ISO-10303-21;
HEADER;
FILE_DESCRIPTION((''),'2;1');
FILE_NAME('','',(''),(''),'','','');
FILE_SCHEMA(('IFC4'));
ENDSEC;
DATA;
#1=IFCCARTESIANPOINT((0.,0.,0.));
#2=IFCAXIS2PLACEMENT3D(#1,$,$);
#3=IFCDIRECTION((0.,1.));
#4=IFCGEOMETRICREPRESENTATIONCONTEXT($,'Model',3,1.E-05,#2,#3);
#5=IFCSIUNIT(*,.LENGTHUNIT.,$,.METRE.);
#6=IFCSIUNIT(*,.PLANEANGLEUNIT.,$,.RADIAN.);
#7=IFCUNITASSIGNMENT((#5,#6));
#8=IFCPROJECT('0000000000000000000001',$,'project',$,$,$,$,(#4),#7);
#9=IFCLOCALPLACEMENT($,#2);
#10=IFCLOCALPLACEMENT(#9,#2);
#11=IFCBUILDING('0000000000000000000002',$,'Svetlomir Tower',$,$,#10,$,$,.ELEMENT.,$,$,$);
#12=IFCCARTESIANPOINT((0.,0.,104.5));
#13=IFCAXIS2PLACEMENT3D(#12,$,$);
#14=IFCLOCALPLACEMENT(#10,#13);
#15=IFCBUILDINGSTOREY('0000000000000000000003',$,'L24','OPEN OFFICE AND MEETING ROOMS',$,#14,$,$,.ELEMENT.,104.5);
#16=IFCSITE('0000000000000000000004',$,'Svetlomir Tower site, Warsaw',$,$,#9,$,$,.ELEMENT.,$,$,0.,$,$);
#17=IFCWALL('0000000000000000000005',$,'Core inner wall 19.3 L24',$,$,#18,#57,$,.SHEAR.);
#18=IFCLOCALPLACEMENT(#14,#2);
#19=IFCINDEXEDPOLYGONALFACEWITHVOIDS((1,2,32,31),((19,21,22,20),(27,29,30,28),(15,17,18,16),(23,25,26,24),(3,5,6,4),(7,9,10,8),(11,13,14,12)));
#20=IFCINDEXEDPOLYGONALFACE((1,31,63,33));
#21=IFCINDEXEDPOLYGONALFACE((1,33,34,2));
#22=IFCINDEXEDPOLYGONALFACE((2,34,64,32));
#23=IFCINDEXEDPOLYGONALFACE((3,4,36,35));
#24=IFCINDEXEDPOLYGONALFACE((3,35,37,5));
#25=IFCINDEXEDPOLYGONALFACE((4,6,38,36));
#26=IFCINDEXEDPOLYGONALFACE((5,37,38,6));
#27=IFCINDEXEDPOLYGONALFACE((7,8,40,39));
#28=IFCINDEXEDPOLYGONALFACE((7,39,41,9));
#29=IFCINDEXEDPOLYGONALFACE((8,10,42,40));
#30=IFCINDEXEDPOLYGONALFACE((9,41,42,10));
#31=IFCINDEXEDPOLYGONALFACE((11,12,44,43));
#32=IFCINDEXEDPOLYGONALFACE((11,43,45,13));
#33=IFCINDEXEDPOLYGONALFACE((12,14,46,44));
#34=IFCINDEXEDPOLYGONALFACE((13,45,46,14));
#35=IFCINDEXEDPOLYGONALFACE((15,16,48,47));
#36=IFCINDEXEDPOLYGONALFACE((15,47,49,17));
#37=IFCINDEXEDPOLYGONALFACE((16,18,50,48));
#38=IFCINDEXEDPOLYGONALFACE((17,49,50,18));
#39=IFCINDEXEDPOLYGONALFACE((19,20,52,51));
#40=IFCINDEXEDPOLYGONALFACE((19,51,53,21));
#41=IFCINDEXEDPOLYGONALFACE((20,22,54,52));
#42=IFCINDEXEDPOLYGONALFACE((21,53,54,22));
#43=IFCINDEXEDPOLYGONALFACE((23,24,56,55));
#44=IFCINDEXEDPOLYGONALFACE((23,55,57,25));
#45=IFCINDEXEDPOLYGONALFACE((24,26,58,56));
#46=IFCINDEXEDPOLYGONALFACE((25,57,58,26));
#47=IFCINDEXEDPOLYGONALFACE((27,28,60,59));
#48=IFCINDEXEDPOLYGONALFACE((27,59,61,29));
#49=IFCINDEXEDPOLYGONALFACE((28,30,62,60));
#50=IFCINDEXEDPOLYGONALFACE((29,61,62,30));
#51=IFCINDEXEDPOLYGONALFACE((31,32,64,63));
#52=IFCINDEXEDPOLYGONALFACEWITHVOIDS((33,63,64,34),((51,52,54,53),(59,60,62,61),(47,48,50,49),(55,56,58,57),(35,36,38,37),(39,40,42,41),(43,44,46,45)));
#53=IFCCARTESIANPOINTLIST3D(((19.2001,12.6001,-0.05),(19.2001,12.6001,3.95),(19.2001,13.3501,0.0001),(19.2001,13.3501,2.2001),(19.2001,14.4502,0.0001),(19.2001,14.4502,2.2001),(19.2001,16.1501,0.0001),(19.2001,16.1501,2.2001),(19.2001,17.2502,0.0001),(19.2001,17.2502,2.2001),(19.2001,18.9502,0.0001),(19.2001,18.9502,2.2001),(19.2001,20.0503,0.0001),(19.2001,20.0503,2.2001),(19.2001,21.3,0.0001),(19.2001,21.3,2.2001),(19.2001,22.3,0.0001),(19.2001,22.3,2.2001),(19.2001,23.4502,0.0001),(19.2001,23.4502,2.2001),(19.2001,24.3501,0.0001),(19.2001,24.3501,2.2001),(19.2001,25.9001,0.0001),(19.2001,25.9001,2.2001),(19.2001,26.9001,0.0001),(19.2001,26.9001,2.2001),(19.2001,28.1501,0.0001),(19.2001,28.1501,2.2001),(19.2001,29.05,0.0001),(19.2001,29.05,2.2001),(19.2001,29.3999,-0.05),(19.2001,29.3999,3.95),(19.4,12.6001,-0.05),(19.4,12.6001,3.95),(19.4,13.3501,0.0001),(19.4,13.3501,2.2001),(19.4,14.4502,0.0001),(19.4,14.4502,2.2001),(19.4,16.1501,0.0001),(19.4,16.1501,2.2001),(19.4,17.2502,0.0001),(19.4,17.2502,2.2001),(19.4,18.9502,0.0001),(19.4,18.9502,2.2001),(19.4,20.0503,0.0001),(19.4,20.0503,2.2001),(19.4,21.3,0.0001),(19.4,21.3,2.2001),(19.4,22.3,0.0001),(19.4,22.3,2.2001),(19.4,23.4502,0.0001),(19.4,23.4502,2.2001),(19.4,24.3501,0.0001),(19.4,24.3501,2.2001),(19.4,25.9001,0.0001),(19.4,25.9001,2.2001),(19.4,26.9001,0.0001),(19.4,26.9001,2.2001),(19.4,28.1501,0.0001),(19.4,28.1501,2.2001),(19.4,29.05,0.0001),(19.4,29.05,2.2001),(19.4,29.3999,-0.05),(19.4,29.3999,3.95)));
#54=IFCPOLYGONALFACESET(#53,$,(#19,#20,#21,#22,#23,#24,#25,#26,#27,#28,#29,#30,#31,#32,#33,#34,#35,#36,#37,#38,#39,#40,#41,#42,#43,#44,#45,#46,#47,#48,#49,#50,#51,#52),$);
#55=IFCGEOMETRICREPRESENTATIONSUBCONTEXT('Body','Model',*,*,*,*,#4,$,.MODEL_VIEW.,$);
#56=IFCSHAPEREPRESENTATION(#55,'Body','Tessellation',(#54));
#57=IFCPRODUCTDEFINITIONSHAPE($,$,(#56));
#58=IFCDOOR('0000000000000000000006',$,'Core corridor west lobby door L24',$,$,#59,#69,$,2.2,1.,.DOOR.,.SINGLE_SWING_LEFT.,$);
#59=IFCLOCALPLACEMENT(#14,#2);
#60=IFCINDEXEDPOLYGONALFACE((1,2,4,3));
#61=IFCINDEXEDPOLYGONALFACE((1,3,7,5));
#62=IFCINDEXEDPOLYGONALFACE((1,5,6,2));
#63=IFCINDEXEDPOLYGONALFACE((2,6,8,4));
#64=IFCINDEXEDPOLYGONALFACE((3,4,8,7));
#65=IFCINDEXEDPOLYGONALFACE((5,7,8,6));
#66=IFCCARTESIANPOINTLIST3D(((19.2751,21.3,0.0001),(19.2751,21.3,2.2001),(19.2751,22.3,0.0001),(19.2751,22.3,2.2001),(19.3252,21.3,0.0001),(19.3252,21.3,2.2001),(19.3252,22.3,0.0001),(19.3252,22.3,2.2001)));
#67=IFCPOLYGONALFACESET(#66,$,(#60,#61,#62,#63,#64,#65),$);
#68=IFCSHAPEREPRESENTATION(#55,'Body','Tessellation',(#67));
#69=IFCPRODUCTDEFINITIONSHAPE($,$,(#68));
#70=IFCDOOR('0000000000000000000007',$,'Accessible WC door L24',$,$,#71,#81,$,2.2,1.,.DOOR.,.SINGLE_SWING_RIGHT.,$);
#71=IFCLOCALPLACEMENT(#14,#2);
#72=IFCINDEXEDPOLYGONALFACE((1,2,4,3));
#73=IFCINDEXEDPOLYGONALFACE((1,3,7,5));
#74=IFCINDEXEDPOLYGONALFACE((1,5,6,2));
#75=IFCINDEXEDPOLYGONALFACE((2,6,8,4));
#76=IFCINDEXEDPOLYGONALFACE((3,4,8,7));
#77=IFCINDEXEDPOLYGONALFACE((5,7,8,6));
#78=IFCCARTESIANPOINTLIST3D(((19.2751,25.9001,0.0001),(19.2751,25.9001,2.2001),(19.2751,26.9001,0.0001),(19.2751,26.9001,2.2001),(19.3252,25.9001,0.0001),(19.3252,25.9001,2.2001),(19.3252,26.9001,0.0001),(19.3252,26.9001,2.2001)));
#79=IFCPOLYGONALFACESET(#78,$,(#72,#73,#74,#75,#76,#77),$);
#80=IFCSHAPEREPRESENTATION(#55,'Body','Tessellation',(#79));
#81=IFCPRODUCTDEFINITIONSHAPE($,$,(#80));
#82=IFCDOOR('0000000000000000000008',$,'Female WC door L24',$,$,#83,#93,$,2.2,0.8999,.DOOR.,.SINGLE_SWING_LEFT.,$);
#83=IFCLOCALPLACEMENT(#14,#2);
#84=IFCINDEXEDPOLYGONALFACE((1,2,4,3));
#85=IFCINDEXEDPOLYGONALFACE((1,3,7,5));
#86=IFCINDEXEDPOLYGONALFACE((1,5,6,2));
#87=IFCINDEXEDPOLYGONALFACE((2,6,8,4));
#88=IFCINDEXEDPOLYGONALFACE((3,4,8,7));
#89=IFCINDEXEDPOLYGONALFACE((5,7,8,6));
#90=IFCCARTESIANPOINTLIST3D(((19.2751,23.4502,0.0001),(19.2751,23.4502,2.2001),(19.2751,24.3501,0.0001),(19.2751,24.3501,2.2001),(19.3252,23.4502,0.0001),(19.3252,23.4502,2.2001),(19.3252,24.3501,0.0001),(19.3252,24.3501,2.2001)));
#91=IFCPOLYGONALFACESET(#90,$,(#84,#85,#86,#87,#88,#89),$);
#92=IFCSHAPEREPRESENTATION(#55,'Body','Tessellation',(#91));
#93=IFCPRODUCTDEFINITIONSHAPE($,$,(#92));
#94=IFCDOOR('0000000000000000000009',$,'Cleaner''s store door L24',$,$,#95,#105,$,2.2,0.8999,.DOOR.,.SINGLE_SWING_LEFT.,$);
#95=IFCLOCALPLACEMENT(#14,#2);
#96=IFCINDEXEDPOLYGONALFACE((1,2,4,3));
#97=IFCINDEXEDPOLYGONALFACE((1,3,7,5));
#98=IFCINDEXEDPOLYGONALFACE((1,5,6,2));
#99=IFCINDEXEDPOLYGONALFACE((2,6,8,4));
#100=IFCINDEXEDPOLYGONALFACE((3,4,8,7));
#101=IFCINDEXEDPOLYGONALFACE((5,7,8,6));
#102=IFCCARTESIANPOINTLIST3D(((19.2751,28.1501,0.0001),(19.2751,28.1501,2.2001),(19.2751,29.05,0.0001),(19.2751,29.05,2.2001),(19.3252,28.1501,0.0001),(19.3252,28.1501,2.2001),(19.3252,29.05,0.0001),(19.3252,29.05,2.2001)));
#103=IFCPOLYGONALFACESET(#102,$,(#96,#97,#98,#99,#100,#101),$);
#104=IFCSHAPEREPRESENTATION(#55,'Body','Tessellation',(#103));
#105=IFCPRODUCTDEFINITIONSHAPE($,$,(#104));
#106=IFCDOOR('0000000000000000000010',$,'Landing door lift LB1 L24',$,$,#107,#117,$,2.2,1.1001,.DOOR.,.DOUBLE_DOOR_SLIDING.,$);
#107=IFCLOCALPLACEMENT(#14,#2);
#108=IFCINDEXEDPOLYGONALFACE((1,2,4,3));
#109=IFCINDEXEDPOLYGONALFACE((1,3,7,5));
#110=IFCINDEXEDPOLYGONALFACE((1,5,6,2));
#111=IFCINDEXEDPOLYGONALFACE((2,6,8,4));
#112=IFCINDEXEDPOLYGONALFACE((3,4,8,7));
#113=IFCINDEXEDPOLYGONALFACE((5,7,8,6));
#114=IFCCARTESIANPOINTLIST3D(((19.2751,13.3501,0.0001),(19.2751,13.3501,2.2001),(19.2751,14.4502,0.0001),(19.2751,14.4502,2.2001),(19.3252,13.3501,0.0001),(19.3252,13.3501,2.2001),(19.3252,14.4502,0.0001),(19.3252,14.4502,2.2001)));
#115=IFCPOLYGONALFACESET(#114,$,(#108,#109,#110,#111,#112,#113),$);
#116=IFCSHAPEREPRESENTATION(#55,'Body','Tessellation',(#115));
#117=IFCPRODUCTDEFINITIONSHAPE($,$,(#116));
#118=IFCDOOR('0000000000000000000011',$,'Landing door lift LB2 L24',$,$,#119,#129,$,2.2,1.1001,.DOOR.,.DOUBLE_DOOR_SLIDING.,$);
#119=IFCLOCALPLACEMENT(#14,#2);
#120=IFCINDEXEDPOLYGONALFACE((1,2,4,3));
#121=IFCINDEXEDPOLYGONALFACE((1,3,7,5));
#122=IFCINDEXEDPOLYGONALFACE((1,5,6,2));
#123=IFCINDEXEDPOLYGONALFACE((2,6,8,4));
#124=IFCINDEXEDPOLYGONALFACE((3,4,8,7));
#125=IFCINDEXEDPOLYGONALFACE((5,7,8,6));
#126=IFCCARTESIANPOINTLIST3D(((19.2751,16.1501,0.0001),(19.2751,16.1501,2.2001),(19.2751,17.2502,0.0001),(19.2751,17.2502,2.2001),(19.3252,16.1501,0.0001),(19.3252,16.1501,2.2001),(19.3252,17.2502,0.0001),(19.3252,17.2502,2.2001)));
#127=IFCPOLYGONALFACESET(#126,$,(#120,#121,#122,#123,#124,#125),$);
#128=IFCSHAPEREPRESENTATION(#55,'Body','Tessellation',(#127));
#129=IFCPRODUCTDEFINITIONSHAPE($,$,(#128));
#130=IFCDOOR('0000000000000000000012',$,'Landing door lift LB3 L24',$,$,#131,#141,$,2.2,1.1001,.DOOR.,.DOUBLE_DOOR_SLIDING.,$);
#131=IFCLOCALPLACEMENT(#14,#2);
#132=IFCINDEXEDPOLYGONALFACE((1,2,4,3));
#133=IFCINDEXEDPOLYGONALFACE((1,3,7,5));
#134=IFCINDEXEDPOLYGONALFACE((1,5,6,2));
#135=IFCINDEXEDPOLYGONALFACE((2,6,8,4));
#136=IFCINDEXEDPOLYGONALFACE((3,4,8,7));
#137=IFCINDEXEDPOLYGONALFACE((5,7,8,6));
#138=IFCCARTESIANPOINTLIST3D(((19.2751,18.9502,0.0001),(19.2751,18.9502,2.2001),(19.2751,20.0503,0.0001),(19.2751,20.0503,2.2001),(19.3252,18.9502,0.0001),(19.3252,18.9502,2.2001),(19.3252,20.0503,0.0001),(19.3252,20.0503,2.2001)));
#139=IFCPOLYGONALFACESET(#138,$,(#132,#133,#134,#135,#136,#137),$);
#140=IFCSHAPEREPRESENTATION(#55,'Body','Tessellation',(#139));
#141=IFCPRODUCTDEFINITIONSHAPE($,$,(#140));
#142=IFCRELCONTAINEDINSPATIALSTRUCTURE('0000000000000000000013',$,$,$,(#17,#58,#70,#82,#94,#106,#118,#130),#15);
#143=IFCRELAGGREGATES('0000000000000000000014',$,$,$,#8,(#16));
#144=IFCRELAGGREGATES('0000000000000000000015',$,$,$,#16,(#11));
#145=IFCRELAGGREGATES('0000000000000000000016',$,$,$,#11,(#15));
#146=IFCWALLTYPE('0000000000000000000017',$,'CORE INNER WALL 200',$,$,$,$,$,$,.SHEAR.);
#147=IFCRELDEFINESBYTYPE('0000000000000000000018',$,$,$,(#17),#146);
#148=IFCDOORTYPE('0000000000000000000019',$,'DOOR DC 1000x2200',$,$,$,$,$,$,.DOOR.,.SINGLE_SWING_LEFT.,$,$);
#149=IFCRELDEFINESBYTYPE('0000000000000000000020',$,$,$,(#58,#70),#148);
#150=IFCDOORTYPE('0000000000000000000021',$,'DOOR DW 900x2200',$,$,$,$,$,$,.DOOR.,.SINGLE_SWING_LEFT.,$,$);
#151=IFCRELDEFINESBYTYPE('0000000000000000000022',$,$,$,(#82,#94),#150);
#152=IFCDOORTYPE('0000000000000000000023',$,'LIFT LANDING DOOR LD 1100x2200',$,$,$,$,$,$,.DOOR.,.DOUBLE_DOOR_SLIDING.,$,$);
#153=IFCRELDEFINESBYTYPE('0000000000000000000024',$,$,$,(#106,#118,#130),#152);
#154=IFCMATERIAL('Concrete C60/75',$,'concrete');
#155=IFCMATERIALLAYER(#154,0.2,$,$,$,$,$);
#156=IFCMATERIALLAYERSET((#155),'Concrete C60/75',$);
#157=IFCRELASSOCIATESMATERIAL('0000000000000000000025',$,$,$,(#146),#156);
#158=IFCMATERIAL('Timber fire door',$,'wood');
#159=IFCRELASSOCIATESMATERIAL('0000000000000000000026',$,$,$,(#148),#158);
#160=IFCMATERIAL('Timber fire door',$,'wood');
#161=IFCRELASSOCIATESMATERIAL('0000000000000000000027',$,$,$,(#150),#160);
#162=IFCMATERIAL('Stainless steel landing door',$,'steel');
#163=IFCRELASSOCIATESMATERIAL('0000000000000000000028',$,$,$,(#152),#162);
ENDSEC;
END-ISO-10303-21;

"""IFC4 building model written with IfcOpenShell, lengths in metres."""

from ifc_helpers import new_model, si_unit, direction, frame, frame_2d, origin, place, context, subcontext, project, spatial, rectangle, extrude, material, layer, layer_set, type_object, element, fill, save


model = new_model("IFC4")

# Units and contexts
model_context = context("Model", 3, precision=1e-05, world=origin(), true_north=direction((0.0, 1.0)))
body_context = subcontext(model_context, "Body", "Model", "MODEL_VIEW")
ifc_project = project(units=[si_unit("LENGTHUNIT", "METRE"), si_unit("PLANEANGLEUNIT", "RADIAN")], contexts=[model_context])

# Site, building, storey
site_placement = place(None, origin())
site = spatial("IfcSite", under=ifc_project, at=site_placement, Name="Svetlomir Tower site, Warsaw", CompositionType="ELEMENT", RefElevation=0.0)
building_placement = place(site_placement, origin())
building = spatial("IfcBuilding", under=site, at=building_placement, Name="Svetlomir Tower", CompositionType="ELEMENT")
storey_placement = place(building_placement, frame((0.0, 0.0, 104.5)))
storey = spatial("IfcBuildingStorey", under=building, at=storey_placement, Name="L24", Description="OPEN OFFICE AND MEETING ROOMS", CompositionType="ELEMENT", Elevation=104.5)

# Shared definitions
ifc_material_1 = material(Name="Concrete C60/75", Category="concrete")
ifc_layer_1 = layer(ifc_material_1, 0.2)
ifc_layer_set_1 = layer_set([ifc_layer_1], Name="Concrete C60/75")
wall_type_1 = type_object("IfcWallType", Name="CORE INNER WALL 200", PredefinedType="SHEAR", material=ifc_layer_set_1)

# Wall, openings, doors
wall_1_placement = place(storey_placement, frame((19.3, 12.6001, -0.05), z_axis=(0.0, 0.0, 1.0), x_axis=(0.0, 1.0, 0.0)))
wall_1 = element("IfcWall", 1, at=wall_1_placement, inside=storey, type_object=wall_type_1, Name="Core inner wall 19.3 L24", PredefinedType="SHEAR", context=body_context, shape_type="SweptSolid", body=[
    extrude(rectangle(XDim=16.7998, YDim=0.2, at=frame_2d((8.3999, 0.0))), origin(), (0.0, 0.0, 1.0), 4.0),
])
opening_1_placement = place(wall_1_placement, frame((8.7, 0.0, 0.05)))
opening_1 = element("IfcOpeningElement", 2, at=opening_1_placement, cuts=wall_1, PredefinedType="OPENING", context=body_context, shape_type="SweptSolid", body=[
    extrude(rectangle(XDim=1.0, YDim=2.2, at=frame_2d((0.5, 1.1001))), frame((0.0, 0.1099, 0.0), z_axis=(0.0, -1.0, 0.0), x_axis=(1.0, 0.0, 0.0)), (0.0, 0.0, 1.0), 0.22),
])
opening_2_placement = place(wall_1_placement, frame((10.8501, 0.0, 0.05)))
opening_2 = element("IfcOpeningElement", 3, at=opening_2_placement, cuts=wall_1, PredefinedType="OPENING", context=body_context, shape_type="SweptSolid", body=[
    extrude(rectangle(XDim=0.8999, YDim=2.2, at=frame_2d((0.45, 1.1001))), frame((0.0, 0.1099, 0.0), z_axis=(0.0, -1.0, 0.0), x_axis=(1.0, 0.0, 0.0)), (0.0, 0.0, 1.0), 0.22),
])
opening_3_placement = place(wall_1_placement, frame((13.3, 0.0, 0.05)))
opening_3 = element("IfcOpeningElement", 4, at=opening_3_placement, cuts=wall_1, PredefinedType="OPENING", context=body_context, shape_type="SweptSolid", body=[
    extrude(rectangle(XDim=1.0, YDim=2.2, at=frame_2d((0.5, 1.1001))), frame((0.0, 0.1099, 0.0), z_axis=(0.0, -1.0, 0.0), x_axis=(1.0, 0.0, 0.0)), (0.0, 0.0, 1.0), 0.22),
])
opening_4_placement = place(wall_1_placement, frame((15.55, 0.0, 0.05)))
opening_4 = element("IfcOpeningElement", 5, at=opening_4_placement, cuts=wall_1, PredefinedType="OPENING", context=body_context, shape_type="SweptSolid", body=[
    extrude(rectangle(XDim=0.8999, YDim=2.2, at=frame_2d((0.45, 1.1001))), frame((0.0, 0.1099, 0.0), z_axis=(0.0, -1.0, 0.0), x_axis=(1.0, 0.0, 0.0)), (0.0, 0.0, 1.0), 0.22),
])
opening_5_placement = place(wall_1_placement, frame((0.75, 0.0, 0.05)))
opening_5 = element("IfcOpeningElement", 6, at=opening_5_placement, cuts=wall_1, PredefinedType="OPENING", context=body_context, shape_type="SweptSolid", body=[
    extrude(rectangle(XDim=1.1001, YDim=2.2, at=frame_2d((0.55, 1.1001))), frame((0.0, 0.1099, 0.0), z_axis=(0.0, -1.0, 0.0), x_axis=(1.0, 0.0, 0.0)), (0.0, 0.0, 1.0), 0.22),
])
opening_6_placement = place(wall_1_placement, frame((3.55, 0.0, 0.05)))
opening_6 = element("IfcOpeningElement", 7, at=opening_6_placement, cuts=wall_1, PredefinedType="OPENING", context=body_context, shape_type="SweptSolid", body=[
    extrude(rectangle(XDim=1.1001, YDim=2.2, at=frame_2d((0.55, 1.1001))), frame((0.0, 0.1099, 0.0), z_axis=(0.0, -1.0, 0.0), x_axis=(1.0, 0.0, 0.0)), (0.0, 0.0, 1.0), 0.22),
])
opening_7_placement = place(wall_1_placement, frame((6.3501, 0.0, 0.05)))
opening_7 = element("IfcOpeningElement", 8, at=opening_7_placement, cuts=wall_1, PredefinedType="OPENING", context=body_context, shape_type="SweptSolid", body=[
    extrude(rectangle(XDim=1.1001, YDim=2.2, at=frame_2d((0.55, 1.1001))), frame((0.0, 0.1099, 0.0), z_axis=(0.0, -1.0, 0.0), x_axis=(1.0, 0.0, 0.0)), (0.0, 0.0, 1.0), 0.22),
])
ifc_material_2 = material(Name="Timber fire door", Category="wood")
door_type_1 = type_object("IfcDoorType", Name="DOOR DC 1000x2200", OperationType="SINGLE_SWING_LEFT", PredefinedType="DOOR", material=ifc_material_2)
door_1_placement = place(opening_1_placement, origin())
door_1 = element("IfcDoor", 9, at=door_1_placement, inside=storey, type_object=door_type_1, Name="Core corridor west lobby door L24", OperationType="SINGLE_SWING_LEFT", OverallHeight=2.2, OverallWidth=1.0, PredefinedType="DOOR", context=body_context, shape_type="SweptSolid", body=[
    extrude(rectangle(XDim=1.0, YDim=2.2, at=frame_2d((0.5, 1.1001))), frame((0.0, 0.0249, 0.0), z_axis=(0.0, -1.0, 0.0), x_axis=(1.0, 0.0, 0.0)), (0.0, 0.0, 1.0), 0.05),
])
fill(opening_1, door_1)
door_2_placement = place(opening_3_placement, origin())
door_2 = element("IfcDoor", 10, at=door_2_placement, inside=storey, type_object=door_type_1, Name="Accessible WC door L24", OperationType="SINGLE_SWING_RIGHT", OverallHeight=2.2, OverallWidth=1.0, PredefinedType="DOOR", context=body_context, shape_type="SweptSolid", body=[
    extrude(rectangle(XDim=1.0, YDim=2.2, at=frame_2d((0.5, 1.1001))), frame((0.0, 0.0249, 0.0), z_axis=(0.0, -1.0, 0.0), x_axis=(1.0, 0.0, 0.0)), (0.0, 0.0, 1.0), 0.05),
])
fill(opening_3, door_2)
ifc_material_3 = material(Name="Timber fire door", Category="wood")
door_type_2 = type_object("IfcDoorType", Name="DOOR DW 900x2200", OperationType="SINGLE_SWING_LEFT", PredefinedType="DOOR", material=ifc_material_3)
door_3_placement = place(opening_2_placement, origin())
door_3 = element("IfcDoor", 11, at=door_3_placement, inside=storey, type_object=door_type_2, Name="Female WC door L24", OperationType="SINGLE_SWING_LEFT", OverallHeight=2.2, OverallWidth=0.8999, PredefinedType="DOOR", context=body_context, shape_type="SweptSolid", body=[
    extrude(rectangle(XDim=0.8999, YDim=2.2, at=frame_2d((0.45, 1.1001))), frame((0.0, 0.0249, 0.0), z_axis=(0.0, -1.0, 0.0), x_axis=(1.0, 0.0, 0.0)), (0.0, 0.0, 1.0), 0.05),
])
fill(opening_2, door_3)
door_4_placement = place(opening_4_placement, origin())
door_4 = element("IfcDoor", 12, at=door_4_placement, inside=storey, type_object=door_type_2, Name="Cleaner's store door L24", OperationType="SINGLE_SWING_LEFT", OverallHeight=2.2, OverallWidth=0.8999, PredefinedType="DOOR", context=body_context, shape_type="SweptSolid", body=[
    extrude(rectangle(XDim=0.8999, YDim=2.2, at=frame_2d((0.45, 1.1001))), frame((0.0, 0.0249, 0.0), z_axis=(0.0, -1.0, 0.0), x_axis=(1.0, 0.0, 0.0)), (0.0, 0.0, 1.0), 0.05),
])
fill(opening_4, door_4)
ifc_material_4 = material(Name="Stainless steel landing door", Category="steel")
door_type_3 = type_object("IfcDoorType", Name="LIFT LANDING DOOR LD 1100x2200", OperationType="DOUBLE_DOOR_SLIDING", PredefinedType="DOOR", material=ifc_material_4)
door_5_placement = place(opening_5_placement, origin())
door_5 = element("IfcDoor", 13, at=door_5_placement, inside=storey, type_object=door_type_3, Name="Landing door lift LB1 L24", OperationType="DOUBLE_DOOR_SLIDING", OverallHeight=2.2, OverallWidth=1.1001, PredefinedType="DOOR", context=body_context, shape_type="SweptSolid", body=[
    extrude(rectangle(XDim=1.1001, YDim=2.2, at=frame_2d((0.55, 1.1001))), frame((0.0, 0.0249, 0.0), z_axis=(0.0, -1.0, 0.0), x_axis=(1.0, 0.0, 0.0)), (0.0, 0.0, 1.0), 0.05),
])
fill(opening_5, door_5)
door_6_placement = place(opening_6_placement, origin())
door_6 = element("IfcDoor", 14, at=door_6_placement, inside=storey, type_object=door_type_3, Name="Landing door lift LB2 L24", OperationType="DOUBLE_DOOR_SLIDING", OverallHeight=2.2, OverallWidth=1.1001, PredefinedType="DOOR", context=body_context, shape_type="SweptSolid", body=[
    extrude(rectangle(XDim=1.1001, YDim=2.2, at=frame_2d((0.55, 1.1001))), frame((0.0, 0.0249, 0.0), z_axis=(0.0, -1.0, 0.0), x_axis=(1.0, 0.0, 0.0)), (0.0, 0.0, 1.0), 0.05),
])
fill(opening_6, door_6)
door_7_placement = place(opening_7_placement, origin())
door_7 = element("IfcDoor", 15, at=door_7_placement, inside=storey, type_object=door_type_3, Name="Landing door lift LB3 L24", OperationType="DOUBLE_DOOR_SLIDING", OverallHeight=2.2, OverallWidth=1.1001, PredefinedType="DOOR", context=body_context, shape_type="SweptSolid", body=[
    extrude(rectangle(XDim=1.1001, YDim=2.2, at=frame_2d((0.55, 1.1001))), frame((0.0, 0.0249, 0.0), z_axis=(0.0, -1.0, 0.0), x_axis=(1.0, 0.0, 0.0)), (0.0, 0.0, 1.0), 0.05),
])
fill(opening_7, door_7)

save(model, "model.ifc")
